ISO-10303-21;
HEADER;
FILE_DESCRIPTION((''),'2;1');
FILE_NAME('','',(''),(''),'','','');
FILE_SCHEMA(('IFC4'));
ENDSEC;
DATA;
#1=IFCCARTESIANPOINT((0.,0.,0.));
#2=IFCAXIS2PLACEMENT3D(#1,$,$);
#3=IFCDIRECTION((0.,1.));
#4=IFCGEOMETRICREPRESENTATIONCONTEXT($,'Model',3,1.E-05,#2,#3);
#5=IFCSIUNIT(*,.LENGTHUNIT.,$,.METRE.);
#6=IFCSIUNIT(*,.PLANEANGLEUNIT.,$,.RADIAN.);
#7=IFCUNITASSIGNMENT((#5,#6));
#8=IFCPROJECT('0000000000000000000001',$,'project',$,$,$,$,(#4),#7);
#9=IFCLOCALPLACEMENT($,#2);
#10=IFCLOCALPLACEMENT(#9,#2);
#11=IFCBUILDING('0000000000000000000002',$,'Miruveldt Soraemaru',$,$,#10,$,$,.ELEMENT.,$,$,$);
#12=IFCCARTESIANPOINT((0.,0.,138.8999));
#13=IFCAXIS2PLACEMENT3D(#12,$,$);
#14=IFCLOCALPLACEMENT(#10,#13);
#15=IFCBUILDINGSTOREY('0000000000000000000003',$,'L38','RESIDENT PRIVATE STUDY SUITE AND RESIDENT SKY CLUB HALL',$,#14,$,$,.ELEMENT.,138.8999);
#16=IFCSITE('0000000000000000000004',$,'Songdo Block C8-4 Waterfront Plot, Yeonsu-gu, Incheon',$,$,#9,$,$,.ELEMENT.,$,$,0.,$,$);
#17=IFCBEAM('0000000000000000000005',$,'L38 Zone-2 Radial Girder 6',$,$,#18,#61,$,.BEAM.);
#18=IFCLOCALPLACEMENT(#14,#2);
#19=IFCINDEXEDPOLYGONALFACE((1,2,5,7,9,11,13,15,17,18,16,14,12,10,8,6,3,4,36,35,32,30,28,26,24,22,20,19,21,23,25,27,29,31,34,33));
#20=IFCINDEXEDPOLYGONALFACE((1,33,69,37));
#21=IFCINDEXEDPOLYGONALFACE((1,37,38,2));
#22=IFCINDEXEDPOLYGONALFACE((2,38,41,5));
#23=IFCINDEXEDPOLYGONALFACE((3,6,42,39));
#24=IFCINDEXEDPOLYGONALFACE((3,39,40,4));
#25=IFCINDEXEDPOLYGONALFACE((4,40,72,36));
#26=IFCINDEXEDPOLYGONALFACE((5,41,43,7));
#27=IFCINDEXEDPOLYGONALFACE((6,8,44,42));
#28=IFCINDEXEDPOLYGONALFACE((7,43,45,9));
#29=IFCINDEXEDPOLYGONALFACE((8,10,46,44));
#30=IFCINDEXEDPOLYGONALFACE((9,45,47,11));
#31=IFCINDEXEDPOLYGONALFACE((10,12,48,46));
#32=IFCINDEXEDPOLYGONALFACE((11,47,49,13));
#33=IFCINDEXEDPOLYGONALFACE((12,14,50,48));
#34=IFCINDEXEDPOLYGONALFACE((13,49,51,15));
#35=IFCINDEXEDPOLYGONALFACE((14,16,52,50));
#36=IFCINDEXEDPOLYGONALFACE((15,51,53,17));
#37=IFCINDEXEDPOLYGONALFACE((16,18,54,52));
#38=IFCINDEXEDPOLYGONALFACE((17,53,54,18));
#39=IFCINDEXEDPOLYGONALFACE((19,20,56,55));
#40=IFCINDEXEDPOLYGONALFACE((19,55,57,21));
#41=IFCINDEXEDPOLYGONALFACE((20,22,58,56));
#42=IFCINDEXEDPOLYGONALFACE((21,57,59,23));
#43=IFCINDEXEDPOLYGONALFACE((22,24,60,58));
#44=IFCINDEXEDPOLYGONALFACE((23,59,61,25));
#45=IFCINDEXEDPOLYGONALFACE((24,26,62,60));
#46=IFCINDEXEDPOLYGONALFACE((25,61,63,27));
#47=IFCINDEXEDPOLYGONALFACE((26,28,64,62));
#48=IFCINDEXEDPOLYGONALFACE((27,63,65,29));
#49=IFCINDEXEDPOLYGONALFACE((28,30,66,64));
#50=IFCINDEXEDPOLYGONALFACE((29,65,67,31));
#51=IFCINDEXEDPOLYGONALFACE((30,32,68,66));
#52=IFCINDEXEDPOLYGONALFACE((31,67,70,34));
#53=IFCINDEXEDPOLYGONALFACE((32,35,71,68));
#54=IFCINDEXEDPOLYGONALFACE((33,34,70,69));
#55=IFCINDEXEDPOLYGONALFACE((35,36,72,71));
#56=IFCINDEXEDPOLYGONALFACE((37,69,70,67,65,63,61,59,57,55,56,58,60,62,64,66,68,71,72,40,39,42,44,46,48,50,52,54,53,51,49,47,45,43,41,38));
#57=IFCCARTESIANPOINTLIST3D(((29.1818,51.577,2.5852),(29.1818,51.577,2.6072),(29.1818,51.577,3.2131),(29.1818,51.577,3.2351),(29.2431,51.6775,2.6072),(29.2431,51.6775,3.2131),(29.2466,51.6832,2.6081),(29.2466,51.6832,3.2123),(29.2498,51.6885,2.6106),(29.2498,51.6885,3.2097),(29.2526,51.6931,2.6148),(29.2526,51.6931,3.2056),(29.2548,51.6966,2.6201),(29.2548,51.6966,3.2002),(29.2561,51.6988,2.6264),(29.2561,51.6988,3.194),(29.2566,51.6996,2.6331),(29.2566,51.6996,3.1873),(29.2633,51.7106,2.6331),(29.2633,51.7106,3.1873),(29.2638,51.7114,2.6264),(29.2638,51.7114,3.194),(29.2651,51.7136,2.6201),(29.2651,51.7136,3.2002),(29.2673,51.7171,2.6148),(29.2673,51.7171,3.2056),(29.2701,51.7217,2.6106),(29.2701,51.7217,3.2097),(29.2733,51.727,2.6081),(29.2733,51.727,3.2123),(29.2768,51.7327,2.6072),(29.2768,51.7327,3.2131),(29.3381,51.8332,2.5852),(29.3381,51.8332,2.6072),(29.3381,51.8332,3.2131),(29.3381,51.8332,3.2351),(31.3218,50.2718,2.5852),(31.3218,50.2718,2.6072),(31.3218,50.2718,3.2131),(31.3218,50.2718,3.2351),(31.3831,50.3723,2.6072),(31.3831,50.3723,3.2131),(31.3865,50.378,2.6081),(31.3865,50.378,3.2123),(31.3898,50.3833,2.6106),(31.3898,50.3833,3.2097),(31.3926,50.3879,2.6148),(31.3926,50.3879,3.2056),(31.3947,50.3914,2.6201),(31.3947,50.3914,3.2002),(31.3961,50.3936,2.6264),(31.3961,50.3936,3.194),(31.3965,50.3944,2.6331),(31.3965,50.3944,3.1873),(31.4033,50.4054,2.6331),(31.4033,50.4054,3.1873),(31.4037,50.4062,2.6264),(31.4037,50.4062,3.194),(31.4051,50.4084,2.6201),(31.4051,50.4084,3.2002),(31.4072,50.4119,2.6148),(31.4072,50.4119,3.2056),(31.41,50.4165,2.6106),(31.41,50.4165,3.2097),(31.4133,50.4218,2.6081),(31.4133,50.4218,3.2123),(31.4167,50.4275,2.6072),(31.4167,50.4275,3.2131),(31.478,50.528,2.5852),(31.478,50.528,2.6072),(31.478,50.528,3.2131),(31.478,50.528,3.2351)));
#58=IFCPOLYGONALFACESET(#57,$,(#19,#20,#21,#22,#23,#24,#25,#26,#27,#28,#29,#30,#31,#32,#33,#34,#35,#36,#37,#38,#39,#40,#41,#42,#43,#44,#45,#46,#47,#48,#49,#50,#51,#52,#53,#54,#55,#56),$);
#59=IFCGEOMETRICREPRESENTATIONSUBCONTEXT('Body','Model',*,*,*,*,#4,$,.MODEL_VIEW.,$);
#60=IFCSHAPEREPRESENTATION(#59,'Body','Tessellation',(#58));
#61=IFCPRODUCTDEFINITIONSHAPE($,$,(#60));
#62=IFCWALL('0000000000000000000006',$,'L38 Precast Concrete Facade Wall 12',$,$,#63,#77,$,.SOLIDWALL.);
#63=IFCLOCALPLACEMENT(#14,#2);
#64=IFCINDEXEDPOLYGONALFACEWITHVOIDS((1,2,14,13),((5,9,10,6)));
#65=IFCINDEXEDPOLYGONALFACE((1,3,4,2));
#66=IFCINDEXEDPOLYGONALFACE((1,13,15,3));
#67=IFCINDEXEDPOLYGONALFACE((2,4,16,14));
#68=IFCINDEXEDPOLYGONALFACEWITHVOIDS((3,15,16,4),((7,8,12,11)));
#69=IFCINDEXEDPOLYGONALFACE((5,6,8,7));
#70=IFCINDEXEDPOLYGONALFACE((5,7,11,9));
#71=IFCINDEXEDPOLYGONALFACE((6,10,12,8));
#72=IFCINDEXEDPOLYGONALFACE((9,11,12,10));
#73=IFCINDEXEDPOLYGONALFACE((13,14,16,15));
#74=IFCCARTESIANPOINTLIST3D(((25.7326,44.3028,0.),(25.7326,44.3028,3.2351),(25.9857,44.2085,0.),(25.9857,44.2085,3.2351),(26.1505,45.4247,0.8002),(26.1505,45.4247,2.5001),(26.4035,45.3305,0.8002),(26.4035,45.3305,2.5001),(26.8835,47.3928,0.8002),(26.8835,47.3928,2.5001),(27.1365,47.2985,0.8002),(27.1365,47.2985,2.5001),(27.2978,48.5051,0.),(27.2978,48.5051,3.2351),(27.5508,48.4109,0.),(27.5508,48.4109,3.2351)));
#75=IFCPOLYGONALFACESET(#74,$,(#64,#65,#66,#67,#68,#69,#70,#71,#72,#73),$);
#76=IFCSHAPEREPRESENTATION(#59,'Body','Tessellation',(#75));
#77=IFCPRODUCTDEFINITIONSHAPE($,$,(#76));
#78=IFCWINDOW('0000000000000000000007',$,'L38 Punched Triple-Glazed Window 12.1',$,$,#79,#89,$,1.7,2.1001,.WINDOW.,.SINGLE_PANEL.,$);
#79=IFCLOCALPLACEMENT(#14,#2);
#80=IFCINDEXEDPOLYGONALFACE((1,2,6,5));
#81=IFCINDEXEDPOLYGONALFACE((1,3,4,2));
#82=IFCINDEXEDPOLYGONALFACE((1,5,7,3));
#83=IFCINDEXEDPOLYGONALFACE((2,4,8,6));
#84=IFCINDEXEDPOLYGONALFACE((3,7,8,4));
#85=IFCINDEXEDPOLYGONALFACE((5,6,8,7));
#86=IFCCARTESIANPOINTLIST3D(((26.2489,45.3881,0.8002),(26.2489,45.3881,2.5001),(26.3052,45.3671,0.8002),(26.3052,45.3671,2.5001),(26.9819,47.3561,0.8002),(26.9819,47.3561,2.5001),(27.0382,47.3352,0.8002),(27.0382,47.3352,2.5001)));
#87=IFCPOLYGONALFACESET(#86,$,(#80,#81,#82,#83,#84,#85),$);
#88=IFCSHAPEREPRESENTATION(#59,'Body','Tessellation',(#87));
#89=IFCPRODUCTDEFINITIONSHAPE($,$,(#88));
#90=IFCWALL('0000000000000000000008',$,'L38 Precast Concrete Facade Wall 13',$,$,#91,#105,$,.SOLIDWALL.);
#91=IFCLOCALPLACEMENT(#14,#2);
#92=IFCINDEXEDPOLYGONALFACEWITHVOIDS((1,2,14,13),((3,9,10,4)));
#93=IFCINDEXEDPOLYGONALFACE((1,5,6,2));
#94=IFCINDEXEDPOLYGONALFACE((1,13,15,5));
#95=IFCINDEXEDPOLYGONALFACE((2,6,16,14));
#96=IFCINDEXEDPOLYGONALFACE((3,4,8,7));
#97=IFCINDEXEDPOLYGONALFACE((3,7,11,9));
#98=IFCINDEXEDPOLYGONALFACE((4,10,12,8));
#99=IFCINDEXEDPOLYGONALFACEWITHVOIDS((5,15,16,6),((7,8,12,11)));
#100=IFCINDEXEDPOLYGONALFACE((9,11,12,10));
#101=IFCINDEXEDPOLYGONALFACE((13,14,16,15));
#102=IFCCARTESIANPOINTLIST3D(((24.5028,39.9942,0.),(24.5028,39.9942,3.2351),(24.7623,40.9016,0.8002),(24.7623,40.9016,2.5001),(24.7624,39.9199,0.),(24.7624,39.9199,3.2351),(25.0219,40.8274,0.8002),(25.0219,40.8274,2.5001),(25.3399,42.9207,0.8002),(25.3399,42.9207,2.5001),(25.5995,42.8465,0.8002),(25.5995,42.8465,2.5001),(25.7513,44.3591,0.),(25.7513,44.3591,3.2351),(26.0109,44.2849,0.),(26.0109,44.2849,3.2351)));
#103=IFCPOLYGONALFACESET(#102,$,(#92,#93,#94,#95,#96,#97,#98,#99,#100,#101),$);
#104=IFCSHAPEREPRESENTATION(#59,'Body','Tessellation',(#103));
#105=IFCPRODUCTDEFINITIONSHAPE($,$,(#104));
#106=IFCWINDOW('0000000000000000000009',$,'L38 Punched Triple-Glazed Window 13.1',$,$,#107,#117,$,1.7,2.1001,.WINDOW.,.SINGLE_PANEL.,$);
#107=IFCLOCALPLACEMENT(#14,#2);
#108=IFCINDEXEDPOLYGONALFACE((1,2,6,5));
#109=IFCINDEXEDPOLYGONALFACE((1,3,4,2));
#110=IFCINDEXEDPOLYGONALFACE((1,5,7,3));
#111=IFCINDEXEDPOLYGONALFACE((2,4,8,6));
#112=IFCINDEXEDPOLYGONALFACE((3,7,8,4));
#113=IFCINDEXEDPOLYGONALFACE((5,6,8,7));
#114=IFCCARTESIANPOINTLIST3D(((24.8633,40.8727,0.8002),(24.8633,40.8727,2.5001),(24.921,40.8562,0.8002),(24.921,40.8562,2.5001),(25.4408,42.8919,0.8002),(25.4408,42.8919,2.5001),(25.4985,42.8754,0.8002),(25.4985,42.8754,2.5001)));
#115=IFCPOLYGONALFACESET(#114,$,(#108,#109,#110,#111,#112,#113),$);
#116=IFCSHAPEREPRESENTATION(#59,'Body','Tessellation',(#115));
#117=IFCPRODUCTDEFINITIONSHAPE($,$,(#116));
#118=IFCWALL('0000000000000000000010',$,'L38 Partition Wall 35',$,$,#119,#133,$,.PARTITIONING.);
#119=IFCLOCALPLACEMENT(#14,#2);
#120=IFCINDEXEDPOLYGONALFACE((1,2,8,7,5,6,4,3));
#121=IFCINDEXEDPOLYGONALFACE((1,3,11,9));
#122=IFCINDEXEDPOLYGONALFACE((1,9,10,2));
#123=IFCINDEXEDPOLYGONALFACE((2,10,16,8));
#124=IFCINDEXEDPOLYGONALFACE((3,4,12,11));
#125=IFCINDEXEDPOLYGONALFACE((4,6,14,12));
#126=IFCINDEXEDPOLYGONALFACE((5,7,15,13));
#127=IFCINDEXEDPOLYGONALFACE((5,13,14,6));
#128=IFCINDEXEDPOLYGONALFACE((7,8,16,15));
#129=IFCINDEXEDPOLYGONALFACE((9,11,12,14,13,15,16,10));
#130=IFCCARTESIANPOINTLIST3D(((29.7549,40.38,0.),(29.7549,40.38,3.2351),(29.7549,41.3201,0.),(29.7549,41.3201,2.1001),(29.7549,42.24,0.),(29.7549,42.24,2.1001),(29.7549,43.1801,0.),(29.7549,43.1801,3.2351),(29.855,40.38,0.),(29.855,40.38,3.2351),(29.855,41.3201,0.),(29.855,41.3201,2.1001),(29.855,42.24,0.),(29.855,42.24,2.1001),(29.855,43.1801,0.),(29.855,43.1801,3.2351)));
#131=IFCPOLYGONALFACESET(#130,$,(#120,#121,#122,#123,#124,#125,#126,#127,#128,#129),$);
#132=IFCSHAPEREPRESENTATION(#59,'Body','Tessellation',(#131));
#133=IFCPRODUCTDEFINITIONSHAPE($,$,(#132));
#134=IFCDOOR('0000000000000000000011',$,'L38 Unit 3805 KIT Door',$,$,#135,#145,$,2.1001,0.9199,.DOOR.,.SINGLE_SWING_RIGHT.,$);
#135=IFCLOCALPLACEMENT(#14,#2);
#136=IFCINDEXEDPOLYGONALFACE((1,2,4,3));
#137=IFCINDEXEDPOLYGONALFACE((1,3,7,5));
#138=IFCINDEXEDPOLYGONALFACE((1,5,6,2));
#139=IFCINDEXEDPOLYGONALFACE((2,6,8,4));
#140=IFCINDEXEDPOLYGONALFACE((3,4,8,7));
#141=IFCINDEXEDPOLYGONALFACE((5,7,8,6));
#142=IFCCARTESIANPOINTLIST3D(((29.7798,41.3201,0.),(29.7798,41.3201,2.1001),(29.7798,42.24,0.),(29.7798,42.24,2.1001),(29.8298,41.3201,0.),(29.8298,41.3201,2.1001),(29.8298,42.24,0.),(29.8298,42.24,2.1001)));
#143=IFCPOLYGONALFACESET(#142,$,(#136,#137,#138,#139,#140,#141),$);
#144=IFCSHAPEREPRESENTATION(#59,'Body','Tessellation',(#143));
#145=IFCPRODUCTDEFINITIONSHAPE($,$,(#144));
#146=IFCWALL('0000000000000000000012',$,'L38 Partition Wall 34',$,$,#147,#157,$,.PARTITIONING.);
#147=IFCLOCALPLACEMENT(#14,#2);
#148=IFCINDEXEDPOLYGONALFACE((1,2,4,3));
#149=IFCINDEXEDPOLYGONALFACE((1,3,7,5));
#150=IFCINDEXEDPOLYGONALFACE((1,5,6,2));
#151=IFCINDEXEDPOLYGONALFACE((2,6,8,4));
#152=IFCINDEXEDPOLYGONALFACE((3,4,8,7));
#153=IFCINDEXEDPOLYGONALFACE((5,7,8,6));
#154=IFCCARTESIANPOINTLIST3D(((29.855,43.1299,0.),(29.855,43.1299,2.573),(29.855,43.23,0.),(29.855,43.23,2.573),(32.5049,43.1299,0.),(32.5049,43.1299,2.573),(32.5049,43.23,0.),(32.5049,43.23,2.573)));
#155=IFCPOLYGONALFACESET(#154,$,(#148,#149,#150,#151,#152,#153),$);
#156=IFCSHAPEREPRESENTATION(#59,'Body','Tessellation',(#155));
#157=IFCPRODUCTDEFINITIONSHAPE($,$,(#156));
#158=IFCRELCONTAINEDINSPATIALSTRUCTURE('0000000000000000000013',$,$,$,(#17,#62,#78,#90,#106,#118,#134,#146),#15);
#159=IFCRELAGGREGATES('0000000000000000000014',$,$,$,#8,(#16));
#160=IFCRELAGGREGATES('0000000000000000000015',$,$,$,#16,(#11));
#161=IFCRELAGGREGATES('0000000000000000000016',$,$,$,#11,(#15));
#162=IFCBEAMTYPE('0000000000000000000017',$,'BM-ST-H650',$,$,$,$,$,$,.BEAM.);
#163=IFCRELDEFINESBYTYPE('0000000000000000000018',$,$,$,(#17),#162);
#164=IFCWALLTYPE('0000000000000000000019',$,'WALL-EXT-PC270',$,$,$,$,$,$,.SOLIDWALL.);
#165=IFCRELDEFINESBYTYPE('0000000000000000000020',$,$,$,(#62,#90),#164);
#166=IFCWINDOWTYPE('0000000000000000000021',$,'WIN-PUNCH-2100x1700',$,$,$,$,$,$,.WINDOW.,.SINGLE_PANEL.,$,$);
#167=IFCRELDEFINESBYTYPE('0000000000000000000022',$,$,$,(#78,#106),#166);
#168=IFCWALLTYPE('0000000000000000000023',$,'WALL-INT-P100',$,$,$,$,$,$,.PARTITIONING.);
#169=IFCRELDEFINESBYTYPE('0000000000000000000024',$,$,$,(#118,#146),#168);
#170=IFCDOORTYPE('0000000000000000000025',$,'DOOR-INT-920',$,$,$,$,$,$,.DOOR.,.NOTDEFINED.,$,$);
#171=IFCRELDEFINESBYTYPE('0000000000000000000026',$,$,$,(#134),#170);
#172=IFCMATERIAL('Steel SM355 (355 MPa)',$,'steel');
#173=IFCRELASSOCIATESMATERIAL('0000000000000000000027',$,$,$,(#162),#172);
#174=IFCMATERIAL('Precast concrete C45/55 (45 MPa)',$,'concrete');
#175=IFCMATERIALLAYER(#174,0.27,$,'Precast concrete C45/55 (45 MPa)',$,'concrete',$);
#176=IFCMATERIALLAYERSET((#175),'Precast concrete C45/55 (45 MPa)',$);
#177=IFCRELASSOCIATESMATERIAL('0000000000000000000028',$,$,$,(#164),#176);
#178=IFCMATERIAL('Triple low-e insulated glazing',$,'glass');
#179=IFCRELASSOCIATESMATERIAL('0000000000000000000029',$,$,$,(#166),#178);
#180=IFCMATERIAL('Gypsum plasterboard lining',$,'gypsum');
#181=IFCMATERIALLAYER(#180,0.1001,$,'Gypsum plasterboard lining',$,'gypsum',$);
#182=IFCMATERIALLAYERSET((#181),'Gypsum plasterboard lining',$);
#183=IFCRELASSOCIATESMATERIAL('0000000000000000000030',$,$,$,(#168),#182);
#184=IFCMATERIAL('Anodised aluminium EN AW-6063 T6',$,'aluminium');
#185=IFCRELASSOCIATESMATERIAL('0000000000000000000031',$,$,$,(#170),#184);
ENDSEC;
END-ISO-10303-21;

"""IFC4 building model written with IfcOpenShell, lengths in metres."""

from ifc_helpers import new_model, si_unit, direction, frame, frame_2d, origin, origin_2d, place, context, subcontext, project, spatial, rectangle, i_section, extrude, material, layer, layer_set, material_profile, profile_set, type_object, element, fill, save


model = new_model("IFC4")

# Units and contexts
model_context = context("Model", 3, precision=1e-05, world=origin(), true_north=direction((0.0, 1.0)))
body_context = subcontext(model_context, "Body", "Model", "MODEL_VIEW")
ifc_project = project(units=[si_unit("LENGTHUNIT", "METRE"), si_unit("PLANEANGLEUNIT", "RADIAN")], contexts=[model_context])

# Site, building, storey
site_placement = place(None, origin())
site = spatial("IfcSite", under=ifc_project, at=site_placement, Name="Songdo Block C8-4 Waterfront Plot, Yeonsu-gu, Incheon", CompositionType="ELEMENT", RefElevation=0.0)
building_placement = place(site_placement, origin())
building = spatial("IfcBuilding", under=site, at=building_placement, Name="Miruveldt Soraemaru", CompositionType="ELEMENT")
storey_placement = place(building_placement, frame((0.0, 0.0, 138.8999)))
storey = spatial("IfcBuildingStorey", under=building, at=storey_placement, Name="L38", Description="RESIDENT PRIVATE STUDY SUITE AND RESIDENT SKY CLUB HALL", CompositionType="ELEMENT", Elevation=138.8999)

# Beam
ifc_material_1 = material(Name="Steel SM355 (355 MPa)", Category="steel")
ifc_material_profile_1 = material_profile(ifc_material_1, i_section(OverallWidth=0.3, OverallDepth=0.6499, WebThickness=0.0129, FlangeThickness=0.022, FilletRadius=0.0259, at=origin_2d()), Name="Steel SM355 (355 MPa)", Category="steel")
ifc_profile_set_1 = profile_set([ifc_material_profile_1], Name="Steel SM355 (355 MPa)")
beam_type_1 = type_object("IfcBeamType", Name="BM-ST-H650", PredefinedType="BEAM", material=ifc_profile_set_1)
beam_1_placement = place(storey_placement, frame((31.3999, 50.3999, 2.9102), z_axis=(-0.853732, 0.520713, 0.0), x_axis=(-0.520713, -0.853732, 0.0)))
element("IfcBeam", 1, at=beam_1_placement, inside=storey, type_object=beam_type_1, Name="L38 Zone-2 Radial Girder 6", PredefinedType="BEAM", context=body_context, shape_type="SweptSolid", body=[
    extrude(i_section(OverallWidth=0.3, OverallDepth=0.6499, WebThickness=0.0129, FlangeThickness=0.022, FilletRadius=0.0259, at=origin_2d()), origin(), (0.0, 0.0, 1.0), 2.5066),
])

# Walls, openings, windows
ifc_material_2 = material(Name="Precast concrete C45/55 (45 MPa)", Category="concrete")
ifc_layer_1 = layer(ifc_material_2, 0.27, Name="Precast concrete C45/55 (45 MPa)", Category="concrete")
ifc_layer_set_1 = layer_set([ifc_layer_1], Name="Precast concrete C45/55 (45 MPa)")
wall_type_1 = type_object("IfcWallType", Name="WALL-EXT-PC270", PredefinedType="SOLIDWALL", material=ifc_layer_set_1)
wall_1_placement = place(storey_placement, frame((27.4243, 48.458, 0.0), z_axis=(0.0, 0.0, 1.0), x_axis=(-0.349028, -0.937112, 0.0)))
wall_1 = element("IfcWall", 2, at=wall_1_placement, inside=storey, type_object=wall_type_1, Name="L38 Precast Concrete Facade Wall 12", PredefinedType="SOLIDWALL", context=body_context, shape_type="SweptSolid", body=[
    extrude(rectangle(XDim=4.4844, YDim=0.27, at=frame_2d((2.2422, 0.0))), origin(), (0.0, 0.0, 1.0), 3.2351),
])
opening_1_placement = place(wall_1_placement, frame((1.187, 0.0, 0.8)))
opening_1 = element("IfcOpeningElement", 3, at=opening_1_placement, cuts=wall_1, PredefinedType="OPENING", context=body_context, shape_type="SweptSolid", body=[
    extrude(rectangle(XDim=2.1001, YDim=1.7, at=frame_2d((1.05, 0.8501))), frame((0.0, 0.145, 0.0), z_axis=(0.0, -1.0, 0.0), x_axis=(1.0, 0.0, 0.0)), (0.0, 0.0, 1.0), 0.29),
])
ifc_material_3 = material(Name="Triple low-e insulated glazing", Category="glass")
window_type = type_object("IfcWindowType", Name="WIN-PUNCH-2100x1700", PartitioningType="SINGLE_PANEL", PredefinedType="WINDOW", material=ifc_material_3)
window_1_placement = place(opening_1_placement, origin())
window_1 = element("IfcWindow", 4, at=window_1_placement, inside=storey, type_object=window_type, Name="L38 Punched Triple-Glazed Window 12.1", OverallHeight=1.7, OverallWidth=2.1001, PartitioningType="SINGLE_PANEL", PredefinedType="WINDOW", context=body_context, shape_type="SweptSolid", body=[
    extrude(rectangle(XDim=2.1001, YDim=1.7, at=frame_2d((1.05, 0.8501))), frame((0.0, 0.03, 0.0), z_axis=(0.0, -1.0, 0.0), x_axis=(1.0, 0.0, 0.0)), (0.0, 0.0, 1.0), 0.0601),
])
fill(opening_1, window_1)
wall_2_placement = place(storey_placement, frame((25.8811, 44.322, 0.0), z_axis=(0.0, 0.0, 1.0), x_axis=(-0.275005, -0.961443, 0.0)))
wall_2 = element("IfcWall", 5, at=wall_2_placement, inside=storey, type_object=wall_type_1, Name="L38 Precast Concrete Facade Wall 13", PredefinedType="SOLIDWALL", context=body_context, shape_type="SweptSolid", body=[
    extrude(rectangle(XDim=4.54, YDim=0.27, at=frame_2d((2.27, 0.0))), origin(), (0.0, 0.0, 1.0), 3.2351),
])
opening_2_placement = place(wall_2_placement, frame((1.4961, 0.0, 0.8)))
opening_2 = element("IfcOpeningElement", 6, at=opening_2_placement, cuts=wall_2, PredefinedType="OPENING", context=body_context, shape_type="SweptSolid", body=[
    extrude(rectangle(XDim=2.1001, YDim=1.7, at=frame_2d((1.05, 0.8501))), frame((0.0, 0.145, 0.0), z_axis=(0.0, -1.0, 0.0), x_axis=(1.0, 0.0, 0.0)), (0.0, 0.0, 1.0), 0.29),
])
window_2_placement = place(opening_2_placement, origin())
window_2 = element("IfcWindow", 7, at=window_2_placement, inside=storey, type_object=window_type, Name="L38 Punched Triple-Glazed Window 13.1", OverallHeight=1.7, OverallWidth=2.1001, PartitioningType="SINGLE_PANEL", PredefinedType="WINDOW", context=body_context, shape_type="SweptSolid", body=[
    extrude(rectangle(XDim=2.1001, YDim=1.7, at=frame_2d((1.05, 0.8501))), frame((0.0, 0.03, 0.0), z_axis=(0.0, -1.0, 0.0), x_axis=(1.0, 0.0, 0.0)), (0.0, 0.0, 1.0), 0.0601),
])
fill(opening_2, window_2)

# Wall, opening, door
ifc_material_4 = material(Name="Gypsum plasterboard lining", Category="gypsum")
ifc_layer_2 = layer(ifc_material_4, 0.1001, Name="Gypsum plasterboard lining", Category="gypsum")
ifc_layer_set_2 = layer_set([ifc_layer_2], Name="Gypsum plasterboard lining")
wall_type_2 = type_object("IfcWallType", Name="WALL-INT-P100", PredefinedType="PARTITIONING", material=ifc_layer_set_2)
wall_3_placement = place(storey_placement, frame((29.8049, 43.1799, 0.0), z_axis=(0.0, 0.0, 1.0), x_axis=(0.0, -1.0, 0.0)))
wall_3 = element("IfcWall", 8, at=wall_3_placement, inside=storey, type_object=wall_type_2, Name="L38 Partition Wall 35", PredefinedType="PARTITIONING", context=body_context, shape_type="SweptSolid", body=[
    extrude(rectangle(XDim=2.8, YDim=0.1001, at=frame_2d((1.3999, 0.0))), origin(), (0.0, 0.0, 1.0), 3.2351),
])
opening_3_placement = place(wall_3_placement, frame((0.9399, 0.0, 0.0)))
opening_3 = element("IfcOpeningElement", 9, at=opening_3_placement, cuts=wall_3, PredefinedType="OPENING", context=body_context, shape_type="SweptSolid", body=[
    extrude(rectangle(XDim=0.9199, YDim=2.1001, at=frame_2d((0.46, 1.05))), frame((0.0, 0.0601, 0.0), z_axis=(0.0, -1.0, 0.0), x_axis=(1.0, 0.0, 0.0)), (0.0, 0.0, 1.0), 0.1201),
])
ifc_material_5 = material(Name="Anodised aluminium EN AW-6063 T6", Category="aluminium")
door_type_1 = type_object("IfcDoorType", Name="DOOR-INT-920", OperationType="NOTDEFINED", PredefinedType="DOOR", material=ifc_material_5)
door_1_placement = place(opening_3_placement, origin())
door_1 = element("IfcDoor", 10, at=door_1_placement, inside=storey, type_object=door_type_1, Name="L38 Unit 3805 KIT Door", OperationType="SINGLE_SWING_RIGHT", OverallHeight=2.1001, OverallWidth=0.9199, PredefinedType="DOOR", context=body_context, shape_type="SweptSolid", body=[
    extrude(rectangle(XDim=0.9199, YDim=2.1001, at=frame_2d((0.46, 1.05))), frame((0.0, 0.0249, 0.0), z_axis=(0.0, -1.0, 0.0), x_axis=(1.0, 0.0, 0.0)), (0.0, 0.0, 1.0), 0.05),
])
fill(opening_3, door_1)

# Wall
wall_4_placement = place(storey_placement, frame((32.5049, 43.1799, 0.0), z_axis=(0.0, 0.0, 1.0), x_axis=(-1.0, 0.0, 0.0)))
element("IfcWall", 11, at=wall_4_placement, inside=storey, type_object=wall_type_2, Name="L38 Partition Wall 34", PredefinedType="PARTITIONING", context=body_context, shape_type="SweptSolid", body=[
    extrude(rectangle(XDim=2.6499, YDim=0.1001, at=frame_2d((1.325, 0.0))), origin(), (0.0, 0.0, 1.0), 2.573),
])

save(model, "model.ifc")
